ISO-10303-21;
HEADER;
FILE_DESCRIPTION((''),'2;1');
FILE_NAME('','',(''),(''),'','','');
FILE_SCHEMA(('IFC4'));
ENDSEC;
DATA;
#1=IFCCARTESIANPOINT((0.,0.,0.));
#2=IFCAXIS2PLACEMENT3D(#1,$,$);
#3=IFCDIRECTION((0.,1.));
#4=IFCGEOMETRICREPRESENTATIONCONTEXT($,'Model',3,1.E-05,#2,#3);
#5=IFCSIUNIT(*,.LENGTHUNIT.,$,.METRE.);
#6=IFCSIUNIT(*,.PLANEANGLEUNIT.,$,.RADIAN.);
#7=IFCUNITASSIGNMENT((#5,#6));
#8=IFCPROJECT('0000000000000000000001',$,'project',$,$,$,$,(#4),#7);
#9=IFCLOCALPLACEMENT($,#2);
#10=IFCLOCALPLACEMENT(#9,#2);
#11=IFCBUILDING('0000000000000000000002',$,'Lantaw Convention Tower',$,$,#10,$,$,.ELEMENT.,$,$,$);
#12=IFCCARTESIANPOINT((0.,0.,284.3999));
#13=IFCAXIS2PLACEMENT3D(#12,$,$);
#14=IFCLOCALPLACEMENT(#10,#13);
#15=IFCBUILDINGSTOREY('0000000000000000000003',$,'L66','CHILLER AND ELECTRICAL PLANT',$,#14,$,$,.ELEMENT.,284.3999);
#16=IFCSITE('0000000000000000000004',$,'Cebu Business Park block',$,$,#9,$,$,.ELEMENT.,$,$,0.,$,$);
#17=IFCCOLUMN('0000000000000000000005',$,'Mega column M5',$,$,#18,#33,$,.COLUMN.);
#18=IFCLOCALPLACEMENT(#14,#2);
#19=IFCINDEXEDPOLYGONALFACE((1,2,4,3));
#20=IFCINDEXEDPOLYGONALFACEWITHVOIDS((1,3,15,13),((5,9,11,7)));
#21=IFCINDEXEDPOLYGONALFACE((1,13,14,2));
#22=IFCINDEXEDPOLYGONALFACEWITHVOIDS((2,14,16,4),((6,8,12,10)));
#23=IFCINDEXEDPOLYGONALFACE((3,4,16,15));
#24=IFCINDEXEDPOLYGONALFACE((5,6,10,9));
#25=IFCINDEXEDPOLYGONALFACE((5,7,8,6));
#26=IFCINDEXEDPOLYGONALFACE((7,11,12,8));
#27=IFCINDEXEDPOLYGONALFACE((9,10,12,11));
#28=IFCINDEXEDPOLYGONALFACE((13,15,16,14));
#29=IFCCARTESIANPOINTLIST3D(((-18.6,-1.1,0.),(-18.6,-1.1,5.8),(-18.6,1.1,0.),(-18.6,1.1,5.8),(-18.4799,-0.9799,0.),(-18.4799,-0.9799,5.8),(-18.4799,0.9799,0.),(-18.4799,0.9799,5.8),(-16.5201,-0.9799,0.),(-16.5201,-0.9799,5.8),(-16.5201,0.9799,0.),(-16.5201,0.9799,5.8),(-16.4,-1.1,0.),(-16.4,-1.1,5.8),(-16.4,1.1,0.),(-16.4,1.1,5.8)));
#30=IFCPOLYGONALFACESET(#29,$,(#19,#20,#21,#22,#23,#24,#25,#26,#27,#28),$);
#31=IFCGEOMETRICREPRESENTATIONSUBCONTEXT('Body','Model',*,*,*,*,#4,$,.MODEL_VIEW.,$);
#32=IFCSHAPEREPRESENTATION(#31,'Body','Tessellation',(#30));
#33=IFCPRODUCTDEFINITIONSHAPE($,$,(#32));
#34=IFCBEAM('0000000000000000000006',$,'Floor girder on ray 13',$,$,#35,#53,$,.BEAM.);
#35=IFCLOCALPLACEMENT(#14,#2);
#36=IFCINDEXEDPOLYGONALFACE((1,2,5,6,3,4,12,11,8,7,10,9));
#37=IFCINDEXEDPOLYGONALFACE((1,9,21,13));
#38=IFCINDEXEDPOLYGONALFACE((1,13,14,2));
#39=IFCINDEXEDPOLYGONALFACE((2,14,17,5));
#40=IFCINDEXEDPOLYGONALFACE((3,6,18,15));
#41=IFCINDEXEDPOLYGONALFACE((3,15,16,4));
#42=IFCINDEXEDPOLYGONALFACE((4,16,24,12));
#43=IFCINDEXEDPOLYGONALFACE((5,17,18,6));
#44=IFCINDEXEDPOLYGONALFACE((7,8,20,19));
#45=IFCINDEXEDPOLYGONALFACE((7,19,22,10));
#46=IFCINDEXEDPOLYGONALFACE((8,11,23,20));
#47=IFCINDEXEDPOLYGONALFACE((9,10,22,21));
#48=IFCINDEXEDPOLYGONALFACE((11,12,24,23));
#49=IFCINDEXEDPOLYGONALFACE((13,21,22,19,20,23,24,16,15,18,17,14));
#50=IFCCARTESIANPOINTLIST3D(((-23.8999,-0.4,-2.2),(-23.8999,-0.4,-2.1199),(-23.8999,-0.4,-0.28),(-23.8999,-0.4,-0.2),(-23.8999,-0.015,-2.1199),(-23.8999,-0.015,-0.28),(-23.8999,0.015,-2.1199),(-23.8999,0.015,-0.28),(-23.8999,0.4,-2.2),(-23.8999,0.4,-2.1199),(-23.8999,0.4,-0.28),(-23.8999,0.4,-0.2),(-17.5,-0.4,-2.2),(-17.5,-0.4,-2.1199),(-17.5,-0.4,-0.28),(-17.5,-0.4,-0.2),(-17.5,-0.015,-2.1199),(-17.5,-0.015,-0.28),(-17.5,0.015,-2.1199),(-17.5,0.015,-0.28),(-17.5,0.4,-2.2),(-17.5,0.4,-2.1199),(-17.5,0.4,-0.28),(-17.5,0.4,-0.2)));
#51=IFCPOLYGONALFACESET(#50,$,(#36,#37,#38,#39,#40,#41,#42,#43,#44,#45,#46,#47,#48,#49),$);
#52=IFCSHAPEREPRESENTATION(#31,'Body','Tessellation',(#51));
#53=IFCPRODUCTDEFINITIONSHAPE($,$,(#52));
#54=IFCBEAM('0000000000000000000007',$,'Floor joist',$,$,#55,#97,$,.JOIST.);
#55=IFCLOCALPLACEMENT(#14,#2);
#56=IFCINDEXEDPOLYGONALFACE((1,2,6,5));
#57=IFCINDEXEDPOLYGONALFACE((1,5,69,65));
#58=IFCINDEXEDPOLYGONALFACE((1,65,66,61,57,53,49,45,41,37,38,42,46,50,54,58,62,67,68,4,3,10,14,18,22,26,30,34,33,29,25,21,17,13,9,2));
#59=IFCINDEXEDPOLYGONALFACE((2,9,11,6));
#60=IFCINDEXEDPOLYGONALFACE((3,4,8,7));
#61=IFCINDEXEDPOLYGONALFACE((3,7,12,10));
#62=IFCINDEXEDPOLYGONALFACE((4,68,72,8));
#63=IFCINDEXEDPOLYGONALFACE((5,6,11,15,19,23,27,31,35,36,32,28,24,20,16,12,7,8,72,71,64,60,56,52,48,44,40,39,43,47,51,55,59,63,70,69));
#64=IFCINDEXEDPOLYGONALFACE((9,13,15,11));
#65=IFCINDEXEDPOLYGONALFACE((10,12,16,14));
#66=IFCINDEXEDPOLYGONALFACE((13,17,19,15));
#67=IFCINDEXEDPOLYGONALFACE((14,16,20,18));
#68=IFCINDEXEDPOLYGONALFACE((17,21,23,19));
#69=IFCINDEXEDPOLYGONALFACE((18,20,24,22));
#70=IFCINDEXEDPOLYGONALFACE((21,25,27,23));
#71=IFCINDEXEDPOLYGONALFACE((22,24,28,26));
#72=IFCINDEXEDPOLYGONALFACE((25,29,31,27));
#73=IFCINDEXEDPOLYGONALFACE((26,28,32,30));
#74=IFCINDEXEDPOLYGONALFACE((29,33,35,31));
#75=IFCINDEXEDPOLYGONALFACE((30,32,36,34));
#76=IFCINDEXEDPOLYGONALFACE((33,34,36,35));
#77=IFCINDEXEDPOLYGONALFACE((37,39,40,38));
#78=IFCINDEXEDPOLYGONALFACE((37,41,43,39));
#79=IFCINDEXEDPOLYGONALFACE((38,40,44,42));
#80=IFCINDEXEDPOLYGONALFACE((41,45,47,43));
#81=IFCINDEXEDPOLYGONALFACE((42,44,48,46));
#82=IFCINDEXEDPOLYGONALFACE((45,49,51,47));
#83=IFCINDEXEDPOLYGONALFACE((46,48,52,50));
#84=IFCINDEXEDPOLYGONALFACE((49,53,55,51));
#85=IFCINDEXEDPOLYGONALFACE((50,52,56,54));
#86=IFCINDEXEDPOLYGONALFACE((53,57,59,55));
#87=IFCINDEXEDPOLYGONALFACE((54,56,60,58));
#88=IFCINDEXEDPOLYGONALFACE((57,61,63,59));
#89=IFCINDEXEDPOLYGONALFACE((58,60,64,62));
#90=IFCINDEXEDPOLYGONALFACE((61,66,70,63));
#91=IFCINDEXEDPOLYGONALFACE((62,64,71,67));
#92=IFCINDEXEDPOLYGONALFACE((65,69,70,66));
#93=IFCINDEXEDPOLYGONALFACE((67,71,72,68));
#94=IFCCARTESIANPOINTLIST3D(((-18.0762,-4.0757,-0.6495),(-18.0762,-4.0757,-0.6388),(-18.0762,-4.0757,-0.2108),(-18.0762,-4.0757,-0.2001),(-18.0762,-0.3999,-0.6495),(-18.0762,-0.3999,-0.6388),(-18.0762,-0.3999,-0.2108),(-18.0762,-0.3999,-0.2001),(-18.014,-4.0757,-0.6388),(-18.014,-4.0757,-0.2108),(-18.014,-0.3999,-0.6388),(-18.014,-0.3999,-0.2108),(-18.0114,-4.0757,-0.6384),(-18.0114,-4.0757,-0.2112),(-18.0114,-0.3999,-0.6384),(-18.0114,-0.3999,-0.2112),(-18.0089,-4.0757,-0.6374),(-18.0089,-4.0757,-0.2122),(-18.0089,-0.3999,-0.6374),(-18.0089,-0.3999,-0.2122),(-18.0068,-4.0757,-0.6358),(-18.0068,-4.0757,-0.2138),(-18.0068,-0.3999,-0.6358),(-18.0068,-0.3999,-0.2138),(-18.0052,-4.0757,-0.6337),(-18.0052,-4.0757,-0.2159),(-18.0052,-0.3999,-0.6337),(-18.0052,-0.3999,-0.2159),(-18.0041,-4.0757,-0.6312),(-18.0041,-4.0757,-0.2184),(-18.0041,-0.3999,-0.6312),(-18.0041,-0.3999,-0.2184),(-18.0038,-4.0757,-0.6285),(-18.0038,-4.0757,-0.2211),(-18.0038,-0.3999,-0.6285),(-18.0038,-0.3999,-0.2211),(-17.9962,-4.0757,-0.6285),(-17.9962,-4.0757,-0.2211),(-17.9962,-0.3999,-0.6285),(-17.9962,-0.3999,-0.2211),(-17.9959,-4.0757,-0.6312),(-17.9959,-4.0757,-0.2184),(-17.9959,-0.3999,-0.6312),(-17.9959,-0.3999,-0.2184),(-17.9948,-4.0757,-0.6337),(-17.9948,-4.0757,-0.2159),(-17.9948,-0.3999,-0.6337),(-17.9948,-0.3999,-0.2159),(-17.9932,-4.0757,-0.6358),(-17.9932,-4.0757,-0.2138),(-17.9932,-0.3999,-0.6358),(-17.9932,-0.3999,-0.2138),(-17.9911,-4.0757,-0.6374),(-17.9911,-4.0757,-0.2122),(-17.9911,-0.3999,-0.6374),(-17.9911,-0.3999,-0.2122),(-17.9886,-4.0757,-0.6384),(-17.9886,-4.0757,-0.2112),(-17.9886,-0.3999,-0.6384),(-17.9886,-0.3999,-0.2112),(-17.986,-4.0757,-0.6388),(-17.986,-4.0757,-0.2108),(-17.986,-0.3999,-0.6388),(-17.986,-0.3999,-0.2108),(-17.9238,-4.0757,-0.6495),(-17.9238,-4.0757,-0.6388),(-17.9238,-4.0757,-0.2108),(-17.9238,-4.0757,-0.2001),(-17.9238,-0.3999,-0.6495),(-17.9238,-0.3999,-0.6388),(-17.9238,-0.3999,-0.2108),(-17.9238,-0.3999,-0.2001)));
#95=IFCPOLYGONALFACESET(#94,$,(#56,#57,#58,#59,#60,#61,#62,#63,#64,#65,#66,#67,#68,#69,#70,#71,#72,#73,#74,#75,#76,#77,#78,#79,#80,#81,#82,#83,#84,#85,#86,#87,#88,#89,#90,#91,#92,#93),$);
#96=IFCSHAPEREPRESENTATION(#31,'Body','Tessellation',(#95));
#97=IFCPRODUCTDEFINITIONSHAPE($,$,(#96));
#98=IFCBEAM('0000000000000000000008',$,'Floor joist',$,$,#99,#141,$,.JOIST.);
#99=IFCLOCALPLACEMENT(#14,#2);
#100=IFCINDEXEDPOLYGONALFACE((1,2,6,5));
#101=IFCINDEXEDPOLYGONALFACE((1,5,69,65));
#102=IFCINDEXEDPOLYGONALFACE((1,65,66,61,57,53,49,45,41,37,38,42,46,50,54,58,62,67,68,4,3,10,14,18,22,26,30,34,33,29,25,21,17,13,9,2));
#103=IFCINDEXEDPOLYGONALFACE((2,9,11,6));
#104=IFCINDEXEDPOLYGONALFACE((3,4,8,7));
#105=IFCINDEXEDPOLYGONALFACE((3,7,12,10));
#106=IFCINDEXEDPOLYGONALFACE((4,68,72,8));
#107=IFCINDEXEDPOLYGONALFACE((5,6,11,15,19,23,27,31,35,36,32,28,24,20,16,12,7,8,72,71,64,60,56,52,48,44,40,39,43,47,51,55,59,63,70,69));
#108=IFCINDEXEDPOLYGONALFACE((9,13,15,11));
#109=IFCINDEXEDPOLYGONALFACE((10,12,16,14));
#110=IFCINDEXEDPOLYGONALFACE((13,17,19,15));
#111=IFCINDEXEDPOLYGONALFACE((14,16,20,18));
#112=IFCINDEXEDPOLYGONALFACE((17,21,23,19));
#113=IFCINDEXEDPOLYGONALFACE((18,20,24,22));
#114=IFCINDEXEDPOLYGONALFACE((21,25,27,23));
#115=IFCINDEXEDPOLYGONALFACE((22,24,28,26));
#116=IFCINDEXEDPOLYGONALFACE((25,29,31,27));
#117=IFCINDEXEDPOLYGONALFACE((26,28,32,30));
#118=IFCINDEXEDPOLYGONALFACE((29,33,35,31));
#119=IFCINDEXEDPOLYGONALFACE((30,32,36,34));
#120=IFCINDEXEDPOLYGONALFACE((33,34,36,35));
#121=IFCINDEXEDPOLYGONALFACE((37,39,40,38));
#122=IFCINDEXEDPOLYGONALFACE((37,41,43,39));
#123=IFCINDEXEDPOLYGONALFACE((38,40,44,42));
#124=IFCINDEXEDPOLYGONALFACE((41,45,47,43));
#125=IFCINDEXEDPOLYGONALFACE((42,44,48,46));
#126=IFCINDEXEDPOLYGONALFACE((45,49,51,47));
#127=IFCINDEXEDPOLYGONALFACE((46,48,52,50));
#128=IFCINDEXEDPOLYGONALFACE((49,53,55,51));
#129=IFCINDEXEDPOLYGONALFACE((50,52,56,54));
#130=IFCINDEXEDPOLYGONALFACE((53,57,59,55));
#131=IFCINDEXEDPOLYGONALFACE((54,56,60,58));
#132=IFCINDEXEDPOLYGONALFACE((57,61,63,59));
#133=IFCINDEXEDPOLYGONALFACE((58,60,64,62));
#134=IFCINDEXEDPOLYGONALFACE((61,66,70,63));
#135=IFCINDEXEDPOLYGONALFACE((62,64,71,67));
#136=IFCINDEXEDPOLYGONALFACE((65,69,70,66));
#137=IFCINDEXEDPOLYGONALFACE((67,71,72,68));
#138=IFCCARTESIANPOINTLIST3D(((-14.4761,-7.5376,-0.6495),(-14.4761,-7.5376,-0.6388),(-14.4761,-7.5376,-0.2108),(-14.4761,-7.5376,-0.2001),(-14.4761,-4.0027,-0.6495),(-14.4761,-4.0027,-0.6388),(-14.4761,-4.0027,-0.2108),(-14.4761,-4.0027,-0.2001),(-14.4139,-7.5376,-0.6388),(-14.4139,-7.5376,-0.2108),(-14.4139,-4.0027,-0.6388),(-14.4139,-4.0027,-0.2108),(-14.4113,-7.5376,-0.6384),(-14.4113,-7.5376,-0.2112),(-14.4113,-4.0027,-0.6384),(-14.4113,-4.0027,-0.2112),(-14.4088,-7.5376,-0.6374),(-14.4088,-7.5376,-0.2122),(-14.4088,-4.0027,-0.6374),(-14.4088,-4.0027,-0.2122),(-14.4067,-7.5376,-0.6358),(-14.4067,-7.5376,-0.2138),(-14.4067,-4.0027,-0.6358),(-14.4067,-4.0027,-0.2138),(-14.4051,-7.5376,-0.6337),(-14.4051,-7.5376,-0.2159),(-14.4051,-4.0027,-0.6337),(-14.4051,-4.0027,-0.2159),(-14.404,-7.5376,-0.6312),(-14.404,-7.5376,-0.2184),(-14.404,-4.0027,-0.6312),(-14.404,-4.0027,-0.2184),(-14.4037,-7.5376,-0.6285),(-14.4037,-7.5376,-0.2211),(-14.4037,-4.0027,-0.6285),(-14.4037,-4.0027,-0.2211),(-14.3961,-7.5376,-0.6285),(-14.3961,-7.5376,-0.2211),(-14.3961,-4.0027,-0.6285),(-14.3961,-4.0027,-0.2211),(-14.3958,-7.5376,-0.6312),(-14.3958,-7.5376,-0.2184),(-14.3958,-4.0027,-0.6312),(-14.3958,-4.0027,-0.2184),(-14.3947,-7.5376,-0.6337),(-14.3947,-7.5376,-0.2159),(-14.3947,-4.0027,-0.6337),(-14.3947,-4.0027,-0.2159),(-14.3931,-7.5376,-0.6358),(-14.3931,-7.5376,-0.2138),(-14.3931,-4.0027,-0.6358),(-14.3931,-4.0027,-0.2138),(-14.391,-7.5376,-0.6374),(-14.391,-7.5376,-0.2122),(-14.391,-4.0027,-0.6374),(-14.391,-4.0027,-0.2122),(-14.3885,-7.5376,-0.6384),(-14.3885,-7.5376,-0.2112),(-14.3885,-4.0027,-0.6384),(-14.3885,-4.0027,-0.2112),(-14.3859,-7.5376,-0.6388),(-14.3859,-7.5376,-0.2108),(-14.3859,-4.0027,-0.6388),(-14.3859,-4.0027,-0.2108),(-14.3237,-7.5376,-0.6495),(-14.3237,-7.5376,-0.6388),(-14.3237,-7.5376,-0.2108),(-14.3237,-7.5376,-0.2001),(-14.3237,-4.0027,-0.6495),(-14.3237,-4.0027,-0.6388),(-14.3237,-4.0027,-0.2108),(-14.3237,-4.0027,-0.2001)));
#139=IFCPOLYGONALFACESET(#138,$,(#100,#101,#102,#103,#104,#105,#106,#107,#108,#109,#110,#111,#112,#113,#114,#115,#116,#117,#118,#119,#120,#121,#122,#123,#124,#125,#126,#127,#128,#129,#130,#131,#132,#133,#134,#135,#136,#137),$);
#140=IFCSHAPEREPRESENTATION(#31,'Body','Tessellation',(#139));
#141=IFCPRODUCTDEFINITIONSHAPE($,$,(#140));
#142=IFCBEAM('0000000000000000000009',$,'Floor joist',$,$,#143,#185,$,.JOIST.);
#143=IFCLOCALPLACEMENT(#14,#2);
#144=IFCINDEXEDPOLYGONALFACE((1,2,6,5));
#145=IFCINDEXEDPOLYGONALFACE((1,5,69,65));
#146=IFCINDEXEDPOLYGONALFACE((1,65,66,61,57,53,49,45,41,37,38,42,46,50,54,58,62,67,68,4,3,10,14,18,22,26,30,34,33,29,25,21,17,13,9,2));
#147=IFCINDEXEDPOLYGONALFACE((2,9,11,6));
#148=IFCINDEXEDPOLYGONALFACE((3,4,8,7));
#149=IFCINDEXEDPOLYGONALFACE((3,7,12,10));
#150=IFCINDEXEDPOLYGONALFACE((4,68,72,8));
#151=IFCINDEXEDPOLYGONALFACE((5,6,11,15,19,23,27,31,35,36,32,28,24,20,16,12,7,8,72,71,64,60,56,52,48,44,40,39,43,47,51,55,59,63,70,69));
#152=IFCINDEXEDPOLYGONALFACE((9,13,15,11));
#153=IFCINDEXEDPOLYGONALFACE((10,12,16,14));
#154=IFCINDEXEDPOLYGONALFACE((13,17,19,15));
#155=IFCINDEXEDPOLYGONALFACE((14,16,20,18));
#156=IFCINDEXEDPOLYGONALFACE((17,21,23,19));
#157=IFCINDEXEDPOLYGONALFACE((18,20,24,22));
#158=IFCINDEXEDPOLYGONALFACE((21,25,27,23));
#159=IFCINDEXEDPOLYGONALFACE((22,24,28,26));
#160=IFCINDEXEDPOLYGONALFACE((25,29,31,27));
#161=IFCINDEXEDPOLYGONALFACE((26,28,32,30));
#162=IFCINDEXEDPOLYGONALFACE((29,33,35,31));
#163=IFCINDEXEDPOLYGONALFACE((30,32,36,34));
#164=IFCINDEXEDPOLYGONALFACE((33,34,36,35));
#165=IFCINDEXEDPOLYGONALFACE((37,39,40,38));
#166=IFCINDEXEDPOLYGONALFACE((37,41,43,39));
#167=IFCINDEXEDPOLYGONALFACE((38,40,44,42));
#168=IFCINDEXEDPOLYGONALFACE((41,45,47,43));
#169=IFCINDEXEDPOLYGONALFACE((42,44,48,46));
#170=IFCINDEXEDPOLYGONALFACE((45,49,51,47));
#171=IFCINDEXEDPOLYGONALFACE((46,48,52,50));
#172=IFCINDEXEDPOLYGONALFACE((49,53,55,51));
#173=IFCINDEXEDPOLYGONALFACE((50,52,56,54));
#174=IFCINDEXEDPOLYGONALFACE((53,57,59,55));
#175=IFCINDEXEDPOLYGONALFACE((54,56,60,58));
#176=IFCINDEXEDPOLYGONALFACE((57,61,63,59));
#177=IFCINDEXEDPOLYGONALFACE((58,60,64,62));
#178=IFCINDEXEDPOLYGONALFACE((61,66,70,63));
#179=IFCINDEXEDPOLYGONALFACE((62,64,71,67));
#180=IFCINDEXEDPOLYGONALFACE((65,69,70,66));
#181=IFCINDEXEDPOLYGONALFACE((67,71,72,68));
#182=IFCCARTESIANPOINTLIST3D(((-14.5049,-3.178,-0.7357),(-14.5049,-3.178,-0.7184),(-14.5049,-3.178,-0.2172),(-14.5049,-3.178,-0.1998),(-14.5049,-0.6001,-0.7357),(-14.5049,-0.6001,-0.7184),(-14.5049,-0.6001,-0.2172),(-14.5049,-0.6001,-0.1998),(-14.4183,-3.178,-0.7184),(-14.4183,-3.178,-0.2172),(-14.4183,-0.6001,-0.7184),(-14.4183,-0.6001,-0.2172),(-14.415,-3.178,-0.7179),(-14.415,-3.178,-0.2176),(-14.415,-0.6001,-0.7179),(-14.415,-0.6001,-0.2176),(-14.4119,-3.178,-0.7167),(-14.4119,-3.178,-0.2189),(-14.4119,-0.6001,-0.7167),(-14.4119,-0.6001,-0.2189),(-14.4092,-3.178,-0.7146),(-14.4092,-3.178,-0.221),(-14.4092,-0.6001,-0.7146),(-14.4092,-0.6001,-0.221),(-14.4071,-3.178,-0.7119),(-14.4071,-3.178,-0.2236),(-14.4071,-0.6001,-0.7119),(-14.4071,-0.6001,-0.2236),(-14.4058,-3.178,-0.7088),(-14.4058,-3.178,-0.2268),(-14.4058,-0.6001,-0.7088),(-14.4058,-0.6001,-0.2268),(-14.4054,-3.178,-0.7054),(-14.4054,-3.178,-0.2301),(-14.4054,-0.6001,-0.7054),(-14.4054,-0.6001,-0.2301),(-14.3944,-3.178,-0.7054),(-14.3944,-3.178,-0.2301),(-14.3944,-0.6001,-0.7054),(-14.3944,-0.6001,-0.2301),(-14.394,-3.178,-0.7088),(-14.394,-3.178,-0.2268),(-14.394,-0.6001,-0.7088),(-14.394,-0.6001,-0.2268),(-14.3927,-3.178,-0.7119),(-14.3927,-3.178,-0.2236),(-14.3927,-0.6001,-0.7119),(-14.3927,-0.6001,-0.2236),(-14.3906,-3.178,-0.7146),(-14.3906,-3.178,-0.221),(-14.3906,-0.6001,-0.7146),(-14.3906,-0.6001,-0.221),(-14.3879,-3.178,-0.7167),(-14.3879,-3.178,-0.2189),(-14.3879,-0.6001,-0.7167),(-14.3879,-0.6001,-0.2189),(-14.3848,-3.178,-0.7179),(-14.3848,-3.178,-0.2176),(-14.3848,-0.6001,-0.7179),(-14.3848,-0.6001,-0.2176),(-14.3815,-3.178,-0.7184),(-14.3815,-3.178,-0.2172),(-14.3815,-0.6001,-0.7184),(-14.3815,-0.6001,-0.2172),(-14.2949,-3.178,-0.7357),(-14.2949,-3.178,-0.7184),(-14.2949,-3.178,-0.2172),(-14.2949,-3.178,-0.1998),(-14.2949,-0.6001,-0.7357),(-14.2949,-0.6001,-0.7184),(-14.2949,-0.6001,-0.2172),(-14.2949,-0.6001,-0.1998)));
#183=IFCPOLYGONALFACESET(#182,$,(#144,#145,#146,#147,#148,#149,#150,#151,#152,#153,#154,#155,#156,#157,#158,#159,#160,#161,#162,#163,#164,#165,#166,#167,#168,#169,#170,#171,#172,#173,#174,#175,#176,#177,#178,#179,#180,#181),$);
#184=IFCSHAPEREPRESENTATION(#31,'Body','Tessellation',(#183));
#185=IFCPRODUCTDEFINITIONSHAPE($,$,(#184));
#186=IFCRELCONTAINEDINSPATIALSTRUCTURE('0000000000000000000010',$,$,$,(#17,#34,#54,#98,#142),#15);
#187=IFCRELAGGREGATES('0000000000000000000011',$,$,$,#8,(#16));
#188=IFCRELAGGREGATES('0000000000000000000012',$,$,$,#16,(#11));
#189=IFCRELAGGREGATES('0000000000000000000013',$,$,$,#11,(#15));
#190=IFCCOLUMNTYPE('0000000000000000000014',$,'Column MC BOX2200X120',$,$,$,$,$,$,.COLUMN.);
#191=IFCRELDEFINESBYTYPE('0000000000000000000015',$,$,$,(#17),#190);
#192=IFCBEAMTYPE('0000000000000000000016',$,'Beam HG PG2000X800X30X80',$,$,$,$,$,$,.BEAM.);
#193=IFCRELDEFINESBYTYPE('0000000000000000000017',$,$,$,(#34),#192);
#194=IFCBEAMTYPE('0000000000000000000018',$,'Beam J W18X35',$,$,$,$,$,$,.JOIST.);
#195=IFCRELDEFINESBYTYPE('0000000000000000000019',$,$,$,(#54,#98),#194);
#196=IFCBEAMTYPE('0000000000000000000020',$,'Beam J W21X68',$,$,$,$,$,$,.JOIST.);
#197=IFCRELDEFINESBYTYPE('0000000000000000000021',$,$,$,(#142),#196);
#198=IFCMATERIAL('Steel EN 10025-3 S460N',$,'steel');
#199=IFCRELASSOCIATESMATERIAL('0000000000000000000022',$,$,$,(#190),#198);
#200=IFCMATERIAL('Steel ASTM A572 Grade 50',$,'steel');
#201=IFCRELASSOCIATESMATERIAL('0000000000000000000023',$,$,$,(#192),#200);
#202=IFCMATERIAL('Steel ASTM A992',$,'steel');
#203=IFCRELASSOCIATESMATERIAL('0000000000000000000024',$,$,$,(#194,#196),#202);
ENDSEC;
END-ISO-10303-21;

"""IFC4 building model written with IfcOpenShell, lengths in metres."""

from ifc_helpers import new_model, si_unit, direction, frame, origin, origin_2d, place, context, subcontext, project, spatial, rectangle, hollow_rectangle, i_section, extrude, material, material_profile, profile_set, type_object, element, save


model = new_model("IFC4")

# Units and contexts
model_context = context("Model", 3, precision=1e-05, world=origin(), true_north=direction((0.0, 1.0)))
body_context = subcontext(model_context, "Body", "Model", "MODEL_VIEW")
ifc_project = project(units=[si_unit("LENGTHUNIT", "METRE"), si_unit("PLANEANGLEUNIT", "RADIAN")], contexts=[model_context])

# Site, building, storey
site_placement = place(None, origin())
site = spatial("IfcSite", under=ifc_project, at=site_placement, Name="Cebu Business Park block", CompositionType="ELEMENT", RefElevation=0.0)
building_placement = place(site_placement, origin())
building = spatial("IfcBuilding", under=site, at=building_placement, Name="Lantaw Convention Tower", CompositionType="ELEMENT")
storey_placement = place(building_placement, frame((0.0, 0.0, 284.3999)))
storey = spatial("IfcBuildingStorey", under=building, at=storey_placement, Name="L66", Description="CHILLER AND ELECTRICAL PLANT", CompositionType="ELEMENT", Elevation=284.3999)

# Column
ifc_material_1 = material(Name="Steel EN 10025-3 S460N", Category="steel")
ifc_material_profile_1 = material_profile(ifc_material_1, hollow_rectangle(XDim=2.2, YDim=2.2, WallThickness=0.1201, at=origin_2d()), Name="BOX2200X120")
ifc_material_2 = material(Name="Concrete C60/75", Category="concrete")
ifc_material_profile_2 = material_profile(ifc_material_2, rectangle(XDim=1.96, YDim=1.96, at=origin_2d()), Name="Concrete fill of BOX2200X120")
ifc_profile_set_1 = profile_set([ifc_material_profile_1, ifc_material_profile_2], Name="Steel EN 10025-3 S460N")
column_type = type_object("IfcColumnType", Name="Column MC BOX2200X120", PredefinedType="COLUMN", material=ifc_profile_set_1)
column_placement = place(storey_placement, frame((-17.5, 0.0, 0.0), z_axis=(0.0, 0.0, 1.0), x_axis=(1.0, 0.0, 0.0)))
element("IfcColumn", 1, at=column_placement, inside=storey, type_object=column_type, Name="Mega column M5", PredefinedType="COLUMN", context=body_context, shape_type="SweptSolid", body=[
    extrude(hollow_rectangle(XDim=2.2, YDim=2.2, WallThickness=0.1201, at=origin_2d()), origin(), (0.0, 0.0, 1.0), 5.8),
])

# Beams
ifc_material_3 = material(Name="Steel ASTM A572 Grade 50", Category="steel")
ifc_material_profile_3 = material_profile(ifc_material_3, i_section(OverallWidth=0.8, OverallDepth=2.0, WebThickness=0.03, FlangeThickness=0.0801, at=origin_2d()), Name="PG2000X800X30X80")
ifc_profile_set_2 = profile_set([ifc_material_profile_3], Name="Steel ASTM A572 Grade 50")
beam_type_1 = type_object("IfcBeamType", Name="Beam HG PG2000X800X30X80", PredefinedType="BEAM", material=ifc_profile_set_2)
beam_1_placement = place(storey_placement, frame((-17.5, 0.0, -1.2), z_axis=(-1.0, 0.0, 0.0), x_axis=(0.0, -1.0, 0.0)))
element("IfcBeam", 2, at=beam_1_placement, inside=storey, type_object=beam_type_1, Name="Floor girder on ray 13", PredefinedType="BEAM", context=body_context, shape_type="SweptSolid", body=[
    extrude(i_section(OverallWidth=0.8, OverallDepth=2.0, WebThickness=0.03, FlangeThickness=0.0801, at=origin_2d()), origin(), (0.0, 0.0, 1.0), 6.3999),
])
ifc_material_4 = material(Name="Steel ASTM A992", Category="steel")
ifc_material_profile_4 = material_profile(ifc_material_4, i_section(OverallWidth=0.1523, OverallDepth=0.4495, WebThickness=0.0076, FlangeThickness=0.0107, FilletRadius=0.0103, at=origin_2d()), Name="W18X35")
ifc_profile_set_3 = profile_set([ifc_material_profile_4], Name="Steel ASTM A992")
beam_type_2 = type_object("IfcBeamType", Name="Beam J W18X35", PredefinedType="JOIST", material=ifc_profile_set_3)
beam_2_placement = place(storey_placement, frame((-18.0, -4.0757, -0.4248), z_axis=(0.0, 1.0, 0.0), x_axis=(-1.0, 0.0, 0.0)))
element("IfcBeam", 3, at=beam_2_placement, inside=storey, type_object=beam_type_2, Name="Floor joist", PredefinedType="JOIST", context=body_context, shape_type="SweptSolid", body=[
    extrude(i_section(OverallWidth=0.1523, OverallDepth=0.4495, WebThickness=0.0076, FlangeThickness=0.0107, FilletRadius=0.0103, at=origin_2d()), origin(), (0.0, 0.0, 1.0), 3.6758),
])
beam_3_placement = place(storey_placement, frame((-14.3999, -7.5376, -0.4248), z_axis=(0.0, 1.0, 0.0), x_axis=(-1.0, 0.0, 0.0)))
element("IfcBeam", 4, at=beam_3_placement, inside=storey, type_object=beam_type_2, Name="Floor joist", PredefinedType="JOIST", context=body_context, shape_type="SweptSolid", body=[
    extrude(i_section(OverallWidth=0.1523, OverallDepth=0.4495, WebThickness=0.0076, FlangeThickness=0.0107, FilletRadius=0.0103, at=origin_2d()), origin(), (0.0, 0.0, 1.0), 3.5349),
])
ifc_material_profile_5 = material_profile(ifc_material_4, i_section(OverallWidth=0.21, OverallDepth=0.5359, WebThickness=0.011, FlangeThickness=0.0173, FilletRadius=0.0129, at=origin_2d()), Name="W21X68")
ifc_profile_set_4 = profile_set([ifc_material_profile_5], Name="Steel ASTM A992")
beam_type_3 = type_object("IfcBeamType", Name="Beam J W21X68", PredefinedType="JOIST", material=ifc_profile_set_4)
beam_4_placement = place(storey_placement, frame((-14.3999, -3.178, -0.4678), z_axis=(0.0, 1.0, 0.0), x_axis=(-1.0, 0.0, 0.0)))
element("IfcBeam", 5, at=beam_4_placement, inside=storey, type_object=beam_type_3, Name="Floor joist", PredefinedType="JOIST", context=body_context, shape_type="SweptSolid", body=[
    extrude(i_section(OverallWidth=0.21, OverallDepth=0.5359, WebThickness=0.011, FlangeThickness=0.0173, FilletRadius=0.0129, at=origin_2d()), origin(), (0.0, 0.0, 1.0), 2.5779),
])

save(model, "model.ifc")
